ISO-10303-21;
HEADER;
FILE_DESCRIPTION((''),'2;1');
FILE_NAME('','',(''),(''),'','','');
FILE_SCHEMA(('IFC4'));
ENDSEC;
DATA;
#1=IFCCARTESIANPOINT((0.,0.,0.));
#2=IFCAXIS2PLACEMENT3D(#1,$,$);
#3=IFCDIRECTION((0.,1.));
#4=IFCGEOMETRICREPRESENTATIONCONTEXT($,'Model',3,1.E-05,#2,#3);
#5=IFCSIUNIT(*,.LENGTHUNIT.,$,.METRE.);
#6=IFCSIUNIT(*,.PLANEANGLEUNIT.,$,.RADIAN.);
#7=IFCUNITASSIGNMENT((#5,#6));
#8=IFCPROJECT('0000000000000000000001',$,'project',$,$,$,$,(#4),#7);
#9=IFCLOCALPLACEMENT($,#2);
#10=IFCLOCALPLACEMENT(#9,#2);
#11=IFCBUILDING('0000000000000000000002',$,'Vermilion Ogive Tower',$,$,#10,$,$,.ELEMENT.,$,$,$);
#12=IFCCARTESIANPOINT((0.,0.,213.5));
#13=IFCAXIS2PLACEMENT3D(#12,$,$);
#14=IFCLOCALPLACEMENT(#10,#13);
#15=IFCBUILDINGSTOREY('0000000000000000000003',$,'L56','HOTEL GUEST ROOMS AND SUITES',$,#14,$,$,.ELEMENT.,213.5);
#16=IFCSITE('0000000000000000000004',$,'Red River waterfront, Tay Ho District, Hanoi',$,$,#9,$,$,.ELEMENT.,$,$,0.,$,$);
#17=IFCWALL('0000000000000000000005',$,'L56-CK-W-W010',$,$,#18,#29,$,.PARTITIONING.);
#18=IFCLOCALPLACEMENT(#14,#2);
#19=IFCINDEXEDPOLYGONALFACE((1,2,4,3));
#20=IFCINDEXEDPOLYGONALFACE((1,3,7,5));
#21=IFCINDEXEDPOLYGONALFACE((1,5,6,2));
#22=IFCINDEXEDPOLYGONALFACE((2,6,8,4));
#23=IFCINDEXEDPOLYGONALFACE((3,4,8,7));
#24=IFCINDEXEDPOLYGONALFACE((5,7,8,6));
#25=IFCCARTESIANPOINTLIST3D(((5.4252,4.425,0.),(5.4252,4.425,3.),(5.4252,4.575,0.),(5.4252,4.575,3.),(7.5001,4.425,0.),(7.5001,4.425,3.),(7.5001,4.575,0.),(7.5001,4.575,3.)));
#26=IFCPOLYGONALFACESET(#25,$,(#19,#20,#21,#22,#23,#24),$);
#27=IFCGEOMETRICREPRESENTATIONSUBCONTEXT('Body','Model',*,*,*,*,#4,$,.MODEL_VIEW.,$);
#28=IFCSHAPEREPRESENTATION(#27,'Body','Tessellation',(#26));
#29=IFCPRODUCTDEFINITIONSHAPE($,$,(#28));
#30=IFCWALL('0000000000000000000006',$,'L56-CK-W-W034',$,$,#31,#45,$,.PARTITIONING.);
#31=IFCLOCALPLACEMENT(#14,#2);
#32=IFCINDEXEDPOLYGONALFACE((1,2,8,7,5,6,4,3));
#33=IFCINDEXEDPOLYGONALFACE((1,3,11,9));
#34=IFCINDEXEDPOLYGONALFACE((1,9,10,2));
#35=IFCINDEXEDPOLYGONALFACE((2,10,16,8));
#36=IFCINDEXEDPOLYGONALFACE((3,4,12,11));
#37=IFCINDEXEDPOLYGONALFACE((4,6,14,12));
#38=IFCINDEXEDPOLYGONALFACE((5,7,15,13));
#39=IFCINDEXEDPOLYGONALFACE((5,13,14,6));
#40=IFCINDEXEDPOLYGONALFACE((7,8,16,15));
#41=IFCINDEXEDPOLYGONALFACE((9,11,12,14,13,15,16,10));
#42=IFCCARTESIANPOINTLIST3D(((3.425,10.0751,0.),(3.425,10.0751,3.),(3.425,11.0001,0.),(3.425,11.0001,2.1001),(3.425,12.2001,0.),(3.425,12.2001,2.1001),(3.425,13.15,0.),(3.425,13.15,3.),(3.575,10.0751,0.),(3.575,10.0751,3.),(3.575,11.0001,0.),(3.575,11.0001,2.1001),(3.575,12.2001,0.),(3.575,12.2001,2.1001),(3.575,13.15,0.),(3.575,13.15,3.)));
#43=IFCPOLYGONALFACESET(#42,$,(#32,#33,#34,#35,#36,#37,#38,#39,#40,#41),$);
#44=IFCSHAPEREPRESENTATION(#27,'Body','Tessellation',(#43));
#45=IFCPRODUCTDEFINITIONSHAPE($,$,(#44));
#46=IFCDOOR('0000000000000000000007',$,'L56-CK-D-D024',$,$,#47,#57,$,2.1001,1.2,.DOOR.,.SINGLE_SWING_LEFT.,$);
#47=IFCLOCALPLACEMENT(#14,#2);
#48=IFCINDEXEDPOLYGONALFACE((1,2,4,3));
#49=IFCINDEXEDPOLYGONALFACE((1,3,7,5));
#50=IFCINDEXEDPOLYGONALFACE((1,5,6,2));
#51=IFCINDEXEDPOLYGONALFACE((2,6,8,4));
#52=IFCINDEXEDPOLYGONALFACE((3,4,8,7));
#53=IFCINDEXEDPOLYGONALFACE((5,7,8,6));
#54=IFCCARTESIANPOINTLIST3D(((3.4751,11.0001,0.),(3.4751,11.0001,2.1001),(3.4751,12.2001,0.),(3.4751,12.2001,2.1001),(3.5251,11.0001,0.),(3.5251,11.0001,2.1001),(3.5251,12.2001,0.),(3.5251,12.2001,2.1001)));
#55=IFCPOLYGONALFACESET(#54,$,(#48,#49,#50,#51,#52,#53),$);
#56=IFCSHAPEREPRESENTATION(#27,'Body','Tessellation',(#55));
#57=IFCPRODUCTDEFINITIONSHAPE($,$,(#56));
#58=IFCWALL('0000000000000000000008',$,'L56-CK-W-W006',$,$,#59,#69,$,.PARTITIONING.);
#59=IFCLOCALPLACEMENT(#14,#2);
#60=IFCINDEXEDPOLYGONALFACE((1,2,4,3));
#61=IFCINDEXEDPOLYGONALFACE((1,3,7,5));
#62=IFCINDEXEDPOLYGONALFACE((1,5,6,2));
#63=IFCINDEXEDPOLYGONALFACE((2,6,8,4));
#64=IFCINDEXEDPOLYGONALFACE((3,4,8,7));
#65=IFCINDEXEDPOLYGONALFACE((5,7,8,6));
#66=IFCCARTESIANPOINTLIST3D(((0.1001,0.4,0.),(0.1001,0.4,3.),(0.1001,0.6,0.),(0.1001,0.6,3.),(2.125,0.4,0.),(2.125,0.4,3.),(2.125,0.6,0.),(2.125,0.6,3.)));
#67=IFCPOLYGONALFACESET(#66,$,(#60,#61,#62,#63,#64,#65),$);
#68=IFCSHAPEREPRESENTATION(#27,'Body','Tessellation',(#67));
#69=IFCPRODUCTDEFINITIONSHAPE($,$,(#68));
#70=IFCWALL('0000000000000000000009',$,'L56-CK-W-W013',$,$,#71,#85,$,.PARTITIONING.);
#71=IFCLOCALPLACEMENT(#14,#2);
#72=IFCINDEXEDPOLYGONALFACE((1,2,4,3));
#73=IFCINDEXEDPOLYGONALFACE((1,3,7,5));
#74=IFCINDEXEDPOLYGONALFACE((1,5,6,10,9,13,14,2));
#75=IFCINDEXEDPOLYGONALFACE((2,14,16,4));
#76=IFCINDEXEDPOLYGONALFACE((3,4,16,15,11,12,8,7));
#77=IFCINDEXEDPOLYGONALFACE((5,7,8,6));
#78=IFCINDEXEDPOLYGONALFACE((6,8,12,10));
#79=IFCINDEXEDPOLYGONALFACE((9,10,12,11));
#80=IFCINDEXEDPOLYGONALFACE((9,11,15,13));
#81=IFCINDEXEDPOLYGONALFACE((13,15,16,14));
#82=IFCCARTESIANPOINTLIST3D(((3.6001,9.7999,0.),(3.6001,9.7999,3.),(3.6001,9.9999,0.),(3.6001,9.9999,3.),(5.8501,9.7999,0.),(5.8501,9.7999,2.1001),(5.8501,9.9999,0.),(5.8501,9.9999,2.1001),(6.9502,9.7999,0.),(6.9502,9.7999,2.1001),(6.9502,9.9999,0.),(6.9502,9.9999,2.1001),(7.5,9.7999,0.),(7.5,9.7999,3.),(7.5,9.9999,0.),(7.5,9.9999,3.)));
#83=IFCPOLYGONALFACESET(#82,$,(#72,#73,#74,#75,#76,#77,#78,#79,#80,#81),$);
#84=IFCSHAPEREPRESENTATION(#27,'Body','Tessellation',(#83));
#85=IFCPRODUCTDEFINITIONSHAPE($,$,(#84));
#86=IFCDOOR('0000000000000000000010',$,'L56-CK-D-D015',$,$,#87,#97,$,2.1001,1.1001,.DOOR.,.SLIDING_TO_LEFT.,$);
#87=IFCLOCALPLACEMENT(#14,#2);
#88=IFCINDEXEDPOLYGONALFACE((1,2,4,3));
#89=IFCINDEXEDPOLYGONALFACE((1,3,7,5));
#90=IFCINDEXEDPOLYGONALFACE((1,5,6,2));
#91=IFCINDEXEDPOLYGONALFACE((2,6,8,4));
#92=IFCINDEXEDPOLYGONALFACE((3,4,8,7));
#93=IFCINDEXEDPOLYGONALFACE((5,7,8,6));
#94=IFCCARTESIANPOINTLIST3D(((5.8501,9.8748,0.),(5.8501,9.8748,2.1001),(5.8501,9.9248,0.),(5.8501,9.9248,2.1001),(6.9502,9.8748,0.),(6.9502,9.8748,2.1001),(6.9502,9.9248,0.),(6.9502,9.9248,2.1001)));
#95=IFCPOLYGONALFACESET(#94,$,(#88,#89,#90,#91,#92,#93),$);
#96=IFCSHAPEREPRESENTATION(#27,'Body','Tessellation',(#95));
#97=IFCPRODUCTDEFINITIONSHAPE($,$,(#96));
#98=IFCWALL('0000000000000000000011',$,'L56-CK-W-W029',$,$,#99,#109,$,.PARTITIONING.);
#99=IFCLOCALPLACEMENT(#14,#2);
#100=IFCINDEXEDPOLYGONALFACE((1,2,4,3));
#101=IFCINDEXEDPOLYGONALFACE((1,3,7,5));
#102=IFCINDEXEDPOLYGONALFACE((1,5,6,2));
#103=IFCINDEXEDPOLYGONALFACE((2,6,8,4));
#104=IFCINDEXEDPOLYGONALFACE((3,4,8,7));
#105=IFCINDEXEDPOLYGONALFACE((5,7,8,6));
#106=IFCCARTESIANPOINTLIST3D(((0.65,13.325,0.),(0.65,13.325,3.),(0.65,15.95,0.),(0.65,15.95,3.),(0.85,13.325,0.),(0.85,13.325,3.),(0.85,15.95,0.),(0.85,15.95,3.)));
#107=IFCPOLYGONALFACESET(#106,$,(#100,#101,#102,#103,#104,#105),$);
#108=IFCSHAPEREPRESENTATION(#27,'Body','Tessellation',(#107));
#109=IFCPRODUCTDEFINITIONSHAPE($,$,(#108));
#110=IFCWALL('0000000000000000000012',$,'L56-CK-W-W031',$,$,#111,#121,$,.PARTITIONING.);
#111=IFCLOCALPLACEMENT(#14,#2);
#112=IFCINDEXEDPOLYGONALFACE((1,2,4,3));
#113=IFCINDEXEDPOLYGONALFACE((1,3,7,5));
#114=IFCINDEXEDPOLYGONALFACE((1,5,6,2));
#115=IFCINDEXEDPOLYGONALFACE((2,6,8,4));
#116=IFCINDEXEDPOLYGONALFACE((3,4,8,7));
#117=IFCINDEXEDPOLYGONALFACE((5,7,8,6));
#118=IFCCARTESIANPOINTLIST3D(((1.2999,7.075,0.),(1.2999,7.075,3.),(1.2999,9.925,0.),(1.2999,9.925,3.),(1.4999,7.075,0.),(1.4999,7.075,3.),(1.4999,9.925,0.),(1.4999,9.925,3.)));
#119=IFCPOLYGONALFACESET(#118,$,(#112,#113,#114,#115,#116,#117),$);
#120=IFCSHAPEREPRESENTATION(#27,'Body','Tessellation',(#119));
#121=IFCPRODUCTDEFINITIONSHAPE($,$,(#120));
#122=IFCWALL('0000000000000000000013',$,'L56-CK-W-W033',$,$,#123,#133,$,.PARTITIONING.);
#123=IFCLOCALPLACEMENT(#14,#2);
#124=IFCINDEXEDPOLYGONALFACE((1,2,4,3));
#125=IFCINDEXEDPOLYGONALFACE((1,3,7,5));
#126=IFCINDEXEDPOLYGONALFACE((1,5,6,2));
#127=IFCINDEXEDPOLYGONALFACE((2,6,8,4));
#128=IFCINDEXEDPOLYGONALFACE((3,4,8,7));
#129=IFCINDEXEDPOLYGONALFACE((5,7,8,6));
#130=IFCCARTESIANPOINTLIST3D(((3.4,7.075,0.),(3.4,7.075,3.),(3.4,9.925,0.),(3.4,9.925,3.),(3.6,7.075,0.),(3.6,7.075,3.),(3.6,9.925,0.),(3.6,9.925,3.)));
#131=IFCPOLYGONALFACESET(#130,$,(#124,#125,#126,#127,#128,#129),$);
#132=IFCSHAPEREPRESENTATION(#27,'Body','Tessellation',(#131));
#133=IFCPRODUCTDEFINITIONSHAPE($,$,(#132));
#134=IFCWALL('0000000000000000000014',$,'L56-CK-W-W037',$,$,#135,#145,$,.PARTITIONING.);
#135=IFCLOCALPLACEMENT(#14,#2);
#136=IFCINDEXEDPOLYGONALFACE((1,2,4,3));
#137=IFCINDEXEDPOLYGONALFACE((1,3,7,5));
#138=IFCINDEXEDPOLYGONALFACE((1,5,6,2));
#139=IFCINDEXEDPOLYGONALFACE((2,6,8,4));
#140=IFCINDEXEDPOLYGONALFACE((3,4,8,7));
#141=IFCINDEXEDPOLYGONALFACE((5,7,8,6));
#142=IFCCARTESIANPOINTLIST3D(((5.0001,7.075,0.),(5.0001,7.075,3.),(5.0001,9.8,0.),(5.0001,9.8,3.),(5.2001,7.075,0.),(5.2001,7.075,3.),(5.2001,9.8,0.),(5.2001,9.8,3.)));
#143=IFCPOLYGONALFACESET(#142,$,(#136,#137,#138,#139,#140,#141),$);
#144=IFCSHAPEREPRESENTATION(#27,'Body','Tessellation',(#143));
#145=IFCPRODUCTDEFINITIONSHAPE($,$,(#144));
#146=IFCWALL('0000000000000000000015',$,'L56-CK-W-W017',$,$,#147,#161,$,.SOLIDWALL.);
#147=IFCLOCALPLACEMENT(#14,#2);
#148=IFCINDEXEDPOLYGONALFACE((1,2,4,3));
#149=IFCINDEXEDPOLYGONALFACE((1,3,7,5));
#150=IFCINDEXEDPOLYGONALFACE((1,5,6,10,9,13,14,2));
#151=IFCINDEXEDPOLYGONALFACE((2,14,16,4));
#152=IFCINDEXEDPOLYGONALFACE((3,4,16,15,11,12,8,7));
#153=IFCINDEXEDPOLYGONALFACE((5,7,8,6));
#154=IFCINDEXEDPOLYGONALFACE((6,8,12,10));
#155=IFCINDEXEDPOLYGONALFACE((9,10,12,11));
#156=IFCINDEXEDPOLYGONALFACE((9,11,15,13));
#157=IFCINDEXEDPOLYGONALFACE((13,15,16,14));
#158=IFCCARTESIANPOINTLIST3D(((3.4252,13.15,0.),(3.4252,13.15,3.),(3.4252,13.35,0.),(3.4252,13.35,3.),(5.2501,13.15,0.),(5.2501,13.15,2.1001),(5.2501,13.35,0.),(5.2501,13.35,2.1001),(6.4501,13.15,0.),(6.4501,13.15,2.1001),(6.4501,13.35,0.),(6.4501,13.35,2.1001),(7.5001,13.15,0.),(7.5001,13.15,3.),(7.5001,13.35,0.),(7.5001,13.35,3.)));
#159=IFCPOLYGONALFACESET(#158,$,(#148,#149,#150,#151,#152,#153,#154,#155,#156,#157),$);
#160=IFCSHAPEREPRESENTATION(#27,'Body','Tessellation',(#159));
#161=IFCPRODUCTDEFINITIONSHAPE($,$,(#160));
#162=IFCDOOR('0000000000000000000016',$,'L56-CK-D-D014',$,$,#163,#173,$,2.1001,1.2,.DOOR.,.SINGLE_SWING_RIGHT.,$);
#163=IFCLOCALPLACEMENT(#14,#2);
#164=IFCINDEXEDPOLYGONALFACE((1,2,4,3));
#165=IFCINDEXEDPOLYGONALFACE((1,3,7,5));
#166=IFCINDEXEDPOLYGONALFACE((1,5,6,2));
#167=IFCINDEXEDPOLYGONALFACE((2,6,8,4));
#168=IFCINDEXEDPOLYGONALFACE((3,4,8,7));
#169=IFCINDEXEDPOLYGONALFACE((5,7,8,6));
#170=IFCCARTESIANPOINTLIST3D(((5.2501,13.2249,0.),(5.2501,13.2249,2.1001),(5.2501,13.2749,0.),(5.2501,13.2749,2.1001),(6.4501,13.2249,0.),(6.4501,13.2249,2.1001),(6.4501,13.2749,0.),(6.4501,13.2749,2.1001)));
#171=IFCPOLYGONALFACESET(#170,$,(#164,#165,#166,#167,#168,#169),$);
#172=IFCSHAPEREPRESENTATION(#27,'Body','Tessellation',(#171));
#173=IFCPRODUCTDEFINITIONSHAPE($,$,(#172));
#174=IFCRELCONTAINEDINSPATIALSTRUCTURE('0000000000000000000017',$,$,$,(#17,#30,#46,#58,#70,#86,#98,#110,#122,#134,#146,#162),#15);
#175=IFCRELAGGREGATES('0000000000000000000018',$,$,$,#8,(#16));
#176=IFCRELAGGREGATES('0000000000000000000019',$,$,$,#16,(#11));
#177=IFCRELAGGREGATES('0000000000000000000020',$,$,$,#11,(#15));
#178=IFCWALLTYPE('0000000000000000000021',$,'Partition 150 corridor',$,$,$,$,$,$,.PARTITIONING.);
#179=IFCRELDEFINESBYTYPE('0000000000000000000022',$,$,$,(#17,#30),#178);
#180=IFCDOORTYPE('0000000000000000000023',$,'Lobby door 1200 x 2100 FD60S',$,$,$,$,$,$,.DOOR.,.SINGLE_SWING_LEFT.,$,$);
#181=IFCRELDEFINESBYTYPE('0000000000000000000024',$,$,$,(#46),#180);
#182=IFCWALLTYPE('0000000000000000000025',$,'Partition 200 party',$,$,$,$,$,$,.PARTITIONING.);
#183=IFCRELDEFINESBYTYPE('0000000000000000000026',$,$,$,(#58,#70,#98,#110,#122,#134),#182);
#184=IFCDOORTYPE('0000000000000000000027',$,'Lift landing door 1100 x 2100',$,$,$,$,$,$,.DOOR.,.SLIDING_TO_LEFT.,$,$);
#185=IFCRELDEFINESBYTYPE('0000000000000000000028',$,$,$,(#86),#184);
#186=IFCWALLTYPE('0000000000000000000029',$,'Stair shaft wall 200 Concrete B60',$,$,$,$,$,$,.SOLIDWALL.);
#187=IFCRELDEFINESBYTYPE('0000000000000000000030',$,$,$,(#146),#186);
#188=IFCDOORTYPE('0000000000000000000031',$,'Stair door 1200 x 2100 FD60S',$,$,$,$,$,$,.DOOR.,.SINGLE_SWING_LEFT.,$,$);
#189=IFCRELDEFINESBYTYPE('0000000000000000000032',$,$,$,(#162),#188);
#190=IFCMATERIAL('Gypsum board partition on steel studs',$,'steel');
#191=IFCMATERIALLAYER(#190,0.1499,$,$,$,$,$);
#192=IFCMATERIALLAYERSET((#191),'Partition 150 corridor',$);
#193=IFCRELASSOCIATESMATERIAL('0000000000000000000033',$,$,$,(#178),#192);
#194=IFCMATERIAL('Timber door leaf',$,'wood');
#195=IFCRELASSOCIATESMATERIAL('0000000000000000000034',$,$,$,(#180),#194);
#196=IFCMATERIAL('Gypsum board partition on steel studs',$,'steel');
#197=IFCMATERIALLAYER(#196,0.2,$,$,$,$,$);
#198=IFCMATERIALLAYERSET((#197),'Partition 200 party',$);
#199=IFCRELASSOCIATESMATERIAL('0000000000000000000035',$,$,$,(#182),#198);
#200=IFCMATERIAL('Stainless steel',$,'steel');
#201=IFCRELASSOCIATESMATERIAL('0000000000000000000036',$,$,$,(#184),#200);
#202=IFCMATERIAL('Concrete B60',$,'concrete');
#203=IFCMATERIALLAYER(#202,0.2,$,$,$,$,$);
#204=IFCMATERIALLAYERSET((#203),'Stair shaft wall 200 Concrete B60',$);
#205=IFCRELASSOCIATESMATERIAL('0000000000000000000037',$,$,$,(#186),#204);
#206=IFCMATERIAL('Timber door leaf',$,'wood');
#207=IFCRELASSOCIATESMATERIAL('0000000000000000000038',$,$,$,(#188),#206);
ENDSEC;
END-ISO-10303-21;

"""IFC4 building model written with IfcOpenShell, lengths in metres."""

from ifc_helpers import new_model, si_unit, direction, frame, frame_2d, origin, place, context, subcontext, project, spatial, rectangle, extrude, material, layer, layer_set, type_object, element, fill, save


model = new_model("IFC4")

# Units and contexts
model_context = context("Model", 3, precision=1e-05, world=origin(), true_north=direction((0.0, 1.0)))
body_context = subcontext(model_context, "Body", "Model", "MODEL_VIEW")
ifc_project = project(units=[si_unit("LENGTHUNIT", "METRE"), si_unit("PLANEANGLEUNIT", "RADIAN")], contexts=[model_context])

# Site, building, storey
site_placement = place(None, origin())
site = spatial("IfcSite", under=ifc_project, at=site_placement, Name="Red River waterfront, Tay Ho District, Hanoi", CompositionType="ELEMENT", RefElevation=0.0)
building_placement = place(site_placement, origin())
building = spatial("IfcBuilding", under=site, at=building_placement, Name="Vermilion Ogive Tower", CompositionType="ELEMENT")
storey_placement = place(building_placement, frame((0.0, 0.0, 213.5)))
storey = spatial("IfcBuildingStorey", under=building, at=storey_placement, Name="L56", Description="HOTEL GUEST ROOMS AND SUITES", CompositionType="ELEMENT", Elevation=213.5)

# Wall
ifc_material_1 = material(Name="Gypsum board partition on steel studs", Category="steel")
ifc_layer_1 = layer(ifc_material_1, 0.1499)
ifc_layer_set_1 = layer_set([ifc_layer_1], Name="Partition 150 corridor")
wall_type_1 = type_object("IfcWallType", Name="Partition 150 corridor", PredefinedType="PARTITIONING", material=ifc_layer_set_1)
wall_1_placement = place(storey_placement, frame((5.425, 4.5, 0.0), z_axis=(0.0, 0.0, 1.0), x_axis=(1.0, 0.0, 0.0)))
element("IfcWall", 1, at=wall_1_placement, inside=storey, type_object=wall_type_1, Name="L56-CK-W-W010", PredefinedType="PARTITIONING", context=body_context, shape_type="SweptSolid", body=[
    extrude(rectangle(XDim=2.075, YDim=0.1499, at=frame_2d((1.0376, 0.0))), origin(), (0.0, 0.0, 1.0), 3.0),
])

# Wall, opening, door
wall_2_placement = place(storey_placement, frame((3.5, 10.075, 0.0), z_axis=(0.0, 0.0, 1.0), x_axis=(0.0, 1.0, 0.0)))
wall_2 = element("IfcWall", 2, at=wall_2_placement, inside=storey, type_object=wall_type_1, Name="L56-CK-W-W034", PredefinedType="PARTITIONING", context=body_context, shape_type="SweptSolid", body=[
    extrude(rectangle(XDim=3.075, YDim=0.1499, at=frame_2d((1.5376, 0.0))), origin(), (0.0, 0.0, 1.0), 3.0),
])
opening_1_placement = place(wall_2_placement, frame((0.925, 0.0, 0.0)))
opening_1 = element("IfcOpeningElement", 3, at=opening_1_placement, cuts=wall_2, PredefinedType="OPENING", context=body_context, shape_type="SweptSolid", body=[
    extrude(rectangle(XDim=1.2, YDim=2.1001, at=frame_2d((0.6001, 1.05))), frame((0.0, 0.085, 0.0), z_axis=(0.0, -1.0, 0.0), x_axis=(1.0, 0.0, 0.0)), (0.0, 0.0, 1.0), 0.1699),
])
ifc_material_2 = material(Name="Timber door leaf", Category="wood")
door_type_1 = type_object("IfcDoorType", Name="Lobby door 1200 x 2100 FD60S", OperationType="SINGLE_SWING_LEFT", PredefinedType="DOOR", material=ifc_material_2)
door_1_placement = place(opening_1_placement, origin())
door_1 = element("IfcDoor", 4, at=door_1_placement, inside=storey, type_object=door_type_1, Name="L56-CK-D-D024", OperationType="SINGLE_SWING_LEFT", OverallHeight=2.1001, OverallWidth=1.2, PredefinedType="DOOR", context=body_context, shape_type="SweptSolid", body=[
    extrude(rectangle(XDim=1.2, YDim=2.1001, at=frame_2d((0.6001, 1.05))), frame((0.0, 0.0249, 0.0), z_axis=(0.0, -1.0, 0.0), x_axis=(1.0, 0.0, 0.0)), (0.0, 0.0, 1.0), 0.05),
])
fill(opening_1, door_1)

# Wall
ifc_material_3 = material(Name="Gypsum board partition on steel studs", Category="steel")
ifc_layer_2 = layer(ifc_material_3, 0.2)
ifc_layer_set_2 = layer_set([ifc_layer_2], Name="Partition 200 party")
wall_type_2 = type_object("IfcWallType", Name="Partition 200 party", PredefinedType="PARTITIONING", material=ifc_layer_set_2)
wall_3_placement = place(storey_placement, frame((0.1001, 0.5, 0.0), z_axis=(0.0, 0.0, 1.0), x_axis=(1.0, 0.0, 0.0)))
element("IfcWall", 5, at=wall_3_placement, inside=storey, type_object=wall_type_2, Name="L56-CK-W-W006", PredefinedType="PARTITIONING", context=body_context, shape_type="SweptSolid", body=[
    extrude(rectangle(XDim=2.0249, YDim=0.2, at=frame_2d((1.0125, 0.0))), origin(), (0.0, 0.0, 1.0), 3.0),
])

# Wall, opening, door
wall_4_placement = place(storey_placement, frame((3.6001, 9.8999, 0.0), z_axis=(0.0, 0.0, 1.0), x_axis=(1.0, 0.0, 0.0)))
wall_4 = element("IfcWall", 6, at=wall_4_placement, inside=storey, type_object=wall_type_2, Name="L56-CK-W-W013", PredefinedType="PARTITIONING", context=body_context, shape_type="SweptSolid", body=[
    extrude(rectangle(XDim=3.8999, YDim=0.2, at=frame_2d((1.95, 0.0))), origin(), (0.0, 0.0, 1.0), 3.0),
])
opening_2_placement = place(wall_4_placement, frame((2.25, 0.0, 0.0)))
opening_2 = element("IfcOpeningElement", 7, at=opening_2_placement, cuts=wall_4, PredefinedType="OPENING", context=body_context, shape_type="SweptSolid", body=[
    extrude(rectangle(XDim=1.1001, YDim=2.1001, at=frame_2d((0.55, 1.05))), frame((0.0, 0.1099, 0.0), z_axis=(0.0, -1.0, 0.0), x_axis=(1.0, 0.0, 0.0)), (0.0, 0.0, 1.0), 0.22),
])
ifc_material_4 = material(Name="Stainless steel", Category="steel")
door_type_2 = type_object("IfcDoorType", Name="Lift landing door 1100 x 2100", OperationType="SLIDING_TO_LEFT", PredefinedType="DOOR", material=ifc_material_4)
door_2_placement = place(opening_2_placement, origin())
door_2 = element("IfcDoor", 8, at=door_2_placement, inside=storey, type_object=door_type_2, Name="L56-CK-D-D015", OperationType="SLIDING_TO_LEFT", OverallHeight=2.1001, OverallWidth=1.1001, PredefinedType="DOOR", context=body_context, shape_type="SweptSolid", body=[
    extrude(rectangle(XDim=1.1001, YDim=2.1001, at=frame_2d((0.55, 1.05))), frame((0.0, 0.0249, 0.0), z_axis=(0.0, -1.0, 0.0), x_axis=(1.0, 0.0, 0.0)), (0.0, 0.0, 1.0), 0.05),
])
fill(opening_2, door_2)

# Walls
wall_5_placement = place(storey_placement, frame((0.75, 13.325, 0.0), z_axis=(0.0, 0.0, 1.0), x_axis=(0.0, 1.0, 0.0)))
element("IfcWall", 9, at=wall_5_placement, inside=storey, type_object=wall_type_2, Name="L56-CK-W-W029", PredefinedType="PARTITIONING", context=body_context, shape_type="SweptSolid", body=[
    extrude(rectangle(XDim=2.625, YDim=0.2, at=frame_2d((1.3125, 0.0))), origin(), (0.0, 0.0, 1.0), 3.0),
])
for number, where, z_axis, x_axis, name in (
    (10, (1.3999, 7.075, 0.0), (0.0, 0.0, 1.0), (0.0, 1.0, 0.0), "L56-CK-W-W031"),
    (11, (3.5, 7.075, 0.0), (0.0, 0.0, 1.0), (0.0, 1.0, 0.0), "L56-CK-W-W033"),
):
    element("IfcWall", number, at=place(storey_placement, frame(where, z_axis=z_axis, x_axis=x_axis)), inside=storey, type_object=wall_type_2, Name=name, PredefinedType="PARTITIONING", context=body_context, shape_type="SweptSolid", body=[
        extrude(rectangle(XDim=2.8501, YDim=0.2, at=frame_2d((1.425, 0.0))), origin(), (0.0, 0.0, 1.0), 3.0),
    ])
wall_6_placement = place(storey_placement, frame((5.1001, 7.075, 0.0), z_axis=(0.0, 0.0, 1.0), x_axis=(0.0, 1.0, 0.0)))
element("IfcWall", 12, at=wall_6_placement, inside=storey, type_object=wall_type_2, Name="L56-CK-W-W037", PredefinedType="PARTITIONING", context=body_context, shape_type="SweptSolid", body=[
    extrude(rectangle(XDim=2.7251, YDim=0.2, at=frame_2d((1.3625, 0.0))), origin(), (0.0, 0.0, 1.0), 3.0),
])

# Wall, opening, door
ifc_material_5 = material(Name="Concrete B60", Category="concrete")
ifc_layer_3 = layer(ifc_material_5, 0.2)
ifc_layer_set_3 = layer_set([ifc_layer_3], Name="Stair shaft wall 200 Concrete B60")
wall_type_3 = type_object("IfcWallType", Name="Stair shaft wall 200 Concrete B60", PredefinedType="SOLIDWALL", material=ifc_layer_set_3)
wall_7_placement = place(storey_placement, frame((3.425, 13.25, 0.0), z_axis=(0.0, 0.0, 1.0), x_axis=(1.0, 0.0, 0.0)))
wall_7 = element("IfcWall", 13, at=wall_7_placement, inside=storey, type_object=wall_type_3, Name="L56-CK-W-W017", PredefinedType="SOLIDWALL", context=body_context, shape_type="SweptSolid", body=[
    extrude(rectangle(XDim=4.075, YDim=0.2, at=frame_2d((2.0376, 0.0))), origin(), (0.0, 0.0, 1.0), 3.0),
])
opening_3_placement = place(wall_7_placement, frame((1.825, 0.0, 0.0)))
opening_3 = element("IfcOpeningElement", 14, at=opening_3_placement, cuts=wall_7, PredefinedType="OPENING", context=body_context, shape_type="SweptSolid", body=[
    extrude(rectangle(XDim=1.2, YDim=2.1001, at=frame_2d((0.6001, 1.05))), frame((0.0, 0.1099, 0.0), z_axis=(0.0, -1.0, 0.0), x_axis=(1.0, 0.0, 0.0)), (0.0, 0.0, 1.0), 0.22),
])
ifc_material_6 = material(Name="Timber door leaf", Category="wood")
door_type_3 = type_object("IfcDoorType", Name="Stair door 1200 x 2100 FD60S", OperationType="SINGLE_SWING_LEFT", PredefinedType="DOOR", material=ifc_material_6)
door_3_placement = place(opening_3_placement, origin())
door_3 = element("IfcDoor", 15, at=door_3_placement, inside=storey, type_object=door_type_3, Name="L56-CK-D-D014", OperationType="SINGLE_SWING_RIGHT", OverallHeight=2.1001, OverallWidth=1.2, PredefinedType="DOOR", context=body_context, shape_type="SweptSolid", body=[
    extrude(rectangle(XDim=1.2, YDim=2.1001, at=frame_2d((0.6001, 1.05))), frame((0.0, 0.0249, 0.0), z_axis=(0.0, -1.0, 0.0), x_axis=(1.0, 0.0, 0.0)), (0.0, 0.0, 1.0), 0.05),
])
fill(opening_3, door_3)

save(model, "model.ifc")
